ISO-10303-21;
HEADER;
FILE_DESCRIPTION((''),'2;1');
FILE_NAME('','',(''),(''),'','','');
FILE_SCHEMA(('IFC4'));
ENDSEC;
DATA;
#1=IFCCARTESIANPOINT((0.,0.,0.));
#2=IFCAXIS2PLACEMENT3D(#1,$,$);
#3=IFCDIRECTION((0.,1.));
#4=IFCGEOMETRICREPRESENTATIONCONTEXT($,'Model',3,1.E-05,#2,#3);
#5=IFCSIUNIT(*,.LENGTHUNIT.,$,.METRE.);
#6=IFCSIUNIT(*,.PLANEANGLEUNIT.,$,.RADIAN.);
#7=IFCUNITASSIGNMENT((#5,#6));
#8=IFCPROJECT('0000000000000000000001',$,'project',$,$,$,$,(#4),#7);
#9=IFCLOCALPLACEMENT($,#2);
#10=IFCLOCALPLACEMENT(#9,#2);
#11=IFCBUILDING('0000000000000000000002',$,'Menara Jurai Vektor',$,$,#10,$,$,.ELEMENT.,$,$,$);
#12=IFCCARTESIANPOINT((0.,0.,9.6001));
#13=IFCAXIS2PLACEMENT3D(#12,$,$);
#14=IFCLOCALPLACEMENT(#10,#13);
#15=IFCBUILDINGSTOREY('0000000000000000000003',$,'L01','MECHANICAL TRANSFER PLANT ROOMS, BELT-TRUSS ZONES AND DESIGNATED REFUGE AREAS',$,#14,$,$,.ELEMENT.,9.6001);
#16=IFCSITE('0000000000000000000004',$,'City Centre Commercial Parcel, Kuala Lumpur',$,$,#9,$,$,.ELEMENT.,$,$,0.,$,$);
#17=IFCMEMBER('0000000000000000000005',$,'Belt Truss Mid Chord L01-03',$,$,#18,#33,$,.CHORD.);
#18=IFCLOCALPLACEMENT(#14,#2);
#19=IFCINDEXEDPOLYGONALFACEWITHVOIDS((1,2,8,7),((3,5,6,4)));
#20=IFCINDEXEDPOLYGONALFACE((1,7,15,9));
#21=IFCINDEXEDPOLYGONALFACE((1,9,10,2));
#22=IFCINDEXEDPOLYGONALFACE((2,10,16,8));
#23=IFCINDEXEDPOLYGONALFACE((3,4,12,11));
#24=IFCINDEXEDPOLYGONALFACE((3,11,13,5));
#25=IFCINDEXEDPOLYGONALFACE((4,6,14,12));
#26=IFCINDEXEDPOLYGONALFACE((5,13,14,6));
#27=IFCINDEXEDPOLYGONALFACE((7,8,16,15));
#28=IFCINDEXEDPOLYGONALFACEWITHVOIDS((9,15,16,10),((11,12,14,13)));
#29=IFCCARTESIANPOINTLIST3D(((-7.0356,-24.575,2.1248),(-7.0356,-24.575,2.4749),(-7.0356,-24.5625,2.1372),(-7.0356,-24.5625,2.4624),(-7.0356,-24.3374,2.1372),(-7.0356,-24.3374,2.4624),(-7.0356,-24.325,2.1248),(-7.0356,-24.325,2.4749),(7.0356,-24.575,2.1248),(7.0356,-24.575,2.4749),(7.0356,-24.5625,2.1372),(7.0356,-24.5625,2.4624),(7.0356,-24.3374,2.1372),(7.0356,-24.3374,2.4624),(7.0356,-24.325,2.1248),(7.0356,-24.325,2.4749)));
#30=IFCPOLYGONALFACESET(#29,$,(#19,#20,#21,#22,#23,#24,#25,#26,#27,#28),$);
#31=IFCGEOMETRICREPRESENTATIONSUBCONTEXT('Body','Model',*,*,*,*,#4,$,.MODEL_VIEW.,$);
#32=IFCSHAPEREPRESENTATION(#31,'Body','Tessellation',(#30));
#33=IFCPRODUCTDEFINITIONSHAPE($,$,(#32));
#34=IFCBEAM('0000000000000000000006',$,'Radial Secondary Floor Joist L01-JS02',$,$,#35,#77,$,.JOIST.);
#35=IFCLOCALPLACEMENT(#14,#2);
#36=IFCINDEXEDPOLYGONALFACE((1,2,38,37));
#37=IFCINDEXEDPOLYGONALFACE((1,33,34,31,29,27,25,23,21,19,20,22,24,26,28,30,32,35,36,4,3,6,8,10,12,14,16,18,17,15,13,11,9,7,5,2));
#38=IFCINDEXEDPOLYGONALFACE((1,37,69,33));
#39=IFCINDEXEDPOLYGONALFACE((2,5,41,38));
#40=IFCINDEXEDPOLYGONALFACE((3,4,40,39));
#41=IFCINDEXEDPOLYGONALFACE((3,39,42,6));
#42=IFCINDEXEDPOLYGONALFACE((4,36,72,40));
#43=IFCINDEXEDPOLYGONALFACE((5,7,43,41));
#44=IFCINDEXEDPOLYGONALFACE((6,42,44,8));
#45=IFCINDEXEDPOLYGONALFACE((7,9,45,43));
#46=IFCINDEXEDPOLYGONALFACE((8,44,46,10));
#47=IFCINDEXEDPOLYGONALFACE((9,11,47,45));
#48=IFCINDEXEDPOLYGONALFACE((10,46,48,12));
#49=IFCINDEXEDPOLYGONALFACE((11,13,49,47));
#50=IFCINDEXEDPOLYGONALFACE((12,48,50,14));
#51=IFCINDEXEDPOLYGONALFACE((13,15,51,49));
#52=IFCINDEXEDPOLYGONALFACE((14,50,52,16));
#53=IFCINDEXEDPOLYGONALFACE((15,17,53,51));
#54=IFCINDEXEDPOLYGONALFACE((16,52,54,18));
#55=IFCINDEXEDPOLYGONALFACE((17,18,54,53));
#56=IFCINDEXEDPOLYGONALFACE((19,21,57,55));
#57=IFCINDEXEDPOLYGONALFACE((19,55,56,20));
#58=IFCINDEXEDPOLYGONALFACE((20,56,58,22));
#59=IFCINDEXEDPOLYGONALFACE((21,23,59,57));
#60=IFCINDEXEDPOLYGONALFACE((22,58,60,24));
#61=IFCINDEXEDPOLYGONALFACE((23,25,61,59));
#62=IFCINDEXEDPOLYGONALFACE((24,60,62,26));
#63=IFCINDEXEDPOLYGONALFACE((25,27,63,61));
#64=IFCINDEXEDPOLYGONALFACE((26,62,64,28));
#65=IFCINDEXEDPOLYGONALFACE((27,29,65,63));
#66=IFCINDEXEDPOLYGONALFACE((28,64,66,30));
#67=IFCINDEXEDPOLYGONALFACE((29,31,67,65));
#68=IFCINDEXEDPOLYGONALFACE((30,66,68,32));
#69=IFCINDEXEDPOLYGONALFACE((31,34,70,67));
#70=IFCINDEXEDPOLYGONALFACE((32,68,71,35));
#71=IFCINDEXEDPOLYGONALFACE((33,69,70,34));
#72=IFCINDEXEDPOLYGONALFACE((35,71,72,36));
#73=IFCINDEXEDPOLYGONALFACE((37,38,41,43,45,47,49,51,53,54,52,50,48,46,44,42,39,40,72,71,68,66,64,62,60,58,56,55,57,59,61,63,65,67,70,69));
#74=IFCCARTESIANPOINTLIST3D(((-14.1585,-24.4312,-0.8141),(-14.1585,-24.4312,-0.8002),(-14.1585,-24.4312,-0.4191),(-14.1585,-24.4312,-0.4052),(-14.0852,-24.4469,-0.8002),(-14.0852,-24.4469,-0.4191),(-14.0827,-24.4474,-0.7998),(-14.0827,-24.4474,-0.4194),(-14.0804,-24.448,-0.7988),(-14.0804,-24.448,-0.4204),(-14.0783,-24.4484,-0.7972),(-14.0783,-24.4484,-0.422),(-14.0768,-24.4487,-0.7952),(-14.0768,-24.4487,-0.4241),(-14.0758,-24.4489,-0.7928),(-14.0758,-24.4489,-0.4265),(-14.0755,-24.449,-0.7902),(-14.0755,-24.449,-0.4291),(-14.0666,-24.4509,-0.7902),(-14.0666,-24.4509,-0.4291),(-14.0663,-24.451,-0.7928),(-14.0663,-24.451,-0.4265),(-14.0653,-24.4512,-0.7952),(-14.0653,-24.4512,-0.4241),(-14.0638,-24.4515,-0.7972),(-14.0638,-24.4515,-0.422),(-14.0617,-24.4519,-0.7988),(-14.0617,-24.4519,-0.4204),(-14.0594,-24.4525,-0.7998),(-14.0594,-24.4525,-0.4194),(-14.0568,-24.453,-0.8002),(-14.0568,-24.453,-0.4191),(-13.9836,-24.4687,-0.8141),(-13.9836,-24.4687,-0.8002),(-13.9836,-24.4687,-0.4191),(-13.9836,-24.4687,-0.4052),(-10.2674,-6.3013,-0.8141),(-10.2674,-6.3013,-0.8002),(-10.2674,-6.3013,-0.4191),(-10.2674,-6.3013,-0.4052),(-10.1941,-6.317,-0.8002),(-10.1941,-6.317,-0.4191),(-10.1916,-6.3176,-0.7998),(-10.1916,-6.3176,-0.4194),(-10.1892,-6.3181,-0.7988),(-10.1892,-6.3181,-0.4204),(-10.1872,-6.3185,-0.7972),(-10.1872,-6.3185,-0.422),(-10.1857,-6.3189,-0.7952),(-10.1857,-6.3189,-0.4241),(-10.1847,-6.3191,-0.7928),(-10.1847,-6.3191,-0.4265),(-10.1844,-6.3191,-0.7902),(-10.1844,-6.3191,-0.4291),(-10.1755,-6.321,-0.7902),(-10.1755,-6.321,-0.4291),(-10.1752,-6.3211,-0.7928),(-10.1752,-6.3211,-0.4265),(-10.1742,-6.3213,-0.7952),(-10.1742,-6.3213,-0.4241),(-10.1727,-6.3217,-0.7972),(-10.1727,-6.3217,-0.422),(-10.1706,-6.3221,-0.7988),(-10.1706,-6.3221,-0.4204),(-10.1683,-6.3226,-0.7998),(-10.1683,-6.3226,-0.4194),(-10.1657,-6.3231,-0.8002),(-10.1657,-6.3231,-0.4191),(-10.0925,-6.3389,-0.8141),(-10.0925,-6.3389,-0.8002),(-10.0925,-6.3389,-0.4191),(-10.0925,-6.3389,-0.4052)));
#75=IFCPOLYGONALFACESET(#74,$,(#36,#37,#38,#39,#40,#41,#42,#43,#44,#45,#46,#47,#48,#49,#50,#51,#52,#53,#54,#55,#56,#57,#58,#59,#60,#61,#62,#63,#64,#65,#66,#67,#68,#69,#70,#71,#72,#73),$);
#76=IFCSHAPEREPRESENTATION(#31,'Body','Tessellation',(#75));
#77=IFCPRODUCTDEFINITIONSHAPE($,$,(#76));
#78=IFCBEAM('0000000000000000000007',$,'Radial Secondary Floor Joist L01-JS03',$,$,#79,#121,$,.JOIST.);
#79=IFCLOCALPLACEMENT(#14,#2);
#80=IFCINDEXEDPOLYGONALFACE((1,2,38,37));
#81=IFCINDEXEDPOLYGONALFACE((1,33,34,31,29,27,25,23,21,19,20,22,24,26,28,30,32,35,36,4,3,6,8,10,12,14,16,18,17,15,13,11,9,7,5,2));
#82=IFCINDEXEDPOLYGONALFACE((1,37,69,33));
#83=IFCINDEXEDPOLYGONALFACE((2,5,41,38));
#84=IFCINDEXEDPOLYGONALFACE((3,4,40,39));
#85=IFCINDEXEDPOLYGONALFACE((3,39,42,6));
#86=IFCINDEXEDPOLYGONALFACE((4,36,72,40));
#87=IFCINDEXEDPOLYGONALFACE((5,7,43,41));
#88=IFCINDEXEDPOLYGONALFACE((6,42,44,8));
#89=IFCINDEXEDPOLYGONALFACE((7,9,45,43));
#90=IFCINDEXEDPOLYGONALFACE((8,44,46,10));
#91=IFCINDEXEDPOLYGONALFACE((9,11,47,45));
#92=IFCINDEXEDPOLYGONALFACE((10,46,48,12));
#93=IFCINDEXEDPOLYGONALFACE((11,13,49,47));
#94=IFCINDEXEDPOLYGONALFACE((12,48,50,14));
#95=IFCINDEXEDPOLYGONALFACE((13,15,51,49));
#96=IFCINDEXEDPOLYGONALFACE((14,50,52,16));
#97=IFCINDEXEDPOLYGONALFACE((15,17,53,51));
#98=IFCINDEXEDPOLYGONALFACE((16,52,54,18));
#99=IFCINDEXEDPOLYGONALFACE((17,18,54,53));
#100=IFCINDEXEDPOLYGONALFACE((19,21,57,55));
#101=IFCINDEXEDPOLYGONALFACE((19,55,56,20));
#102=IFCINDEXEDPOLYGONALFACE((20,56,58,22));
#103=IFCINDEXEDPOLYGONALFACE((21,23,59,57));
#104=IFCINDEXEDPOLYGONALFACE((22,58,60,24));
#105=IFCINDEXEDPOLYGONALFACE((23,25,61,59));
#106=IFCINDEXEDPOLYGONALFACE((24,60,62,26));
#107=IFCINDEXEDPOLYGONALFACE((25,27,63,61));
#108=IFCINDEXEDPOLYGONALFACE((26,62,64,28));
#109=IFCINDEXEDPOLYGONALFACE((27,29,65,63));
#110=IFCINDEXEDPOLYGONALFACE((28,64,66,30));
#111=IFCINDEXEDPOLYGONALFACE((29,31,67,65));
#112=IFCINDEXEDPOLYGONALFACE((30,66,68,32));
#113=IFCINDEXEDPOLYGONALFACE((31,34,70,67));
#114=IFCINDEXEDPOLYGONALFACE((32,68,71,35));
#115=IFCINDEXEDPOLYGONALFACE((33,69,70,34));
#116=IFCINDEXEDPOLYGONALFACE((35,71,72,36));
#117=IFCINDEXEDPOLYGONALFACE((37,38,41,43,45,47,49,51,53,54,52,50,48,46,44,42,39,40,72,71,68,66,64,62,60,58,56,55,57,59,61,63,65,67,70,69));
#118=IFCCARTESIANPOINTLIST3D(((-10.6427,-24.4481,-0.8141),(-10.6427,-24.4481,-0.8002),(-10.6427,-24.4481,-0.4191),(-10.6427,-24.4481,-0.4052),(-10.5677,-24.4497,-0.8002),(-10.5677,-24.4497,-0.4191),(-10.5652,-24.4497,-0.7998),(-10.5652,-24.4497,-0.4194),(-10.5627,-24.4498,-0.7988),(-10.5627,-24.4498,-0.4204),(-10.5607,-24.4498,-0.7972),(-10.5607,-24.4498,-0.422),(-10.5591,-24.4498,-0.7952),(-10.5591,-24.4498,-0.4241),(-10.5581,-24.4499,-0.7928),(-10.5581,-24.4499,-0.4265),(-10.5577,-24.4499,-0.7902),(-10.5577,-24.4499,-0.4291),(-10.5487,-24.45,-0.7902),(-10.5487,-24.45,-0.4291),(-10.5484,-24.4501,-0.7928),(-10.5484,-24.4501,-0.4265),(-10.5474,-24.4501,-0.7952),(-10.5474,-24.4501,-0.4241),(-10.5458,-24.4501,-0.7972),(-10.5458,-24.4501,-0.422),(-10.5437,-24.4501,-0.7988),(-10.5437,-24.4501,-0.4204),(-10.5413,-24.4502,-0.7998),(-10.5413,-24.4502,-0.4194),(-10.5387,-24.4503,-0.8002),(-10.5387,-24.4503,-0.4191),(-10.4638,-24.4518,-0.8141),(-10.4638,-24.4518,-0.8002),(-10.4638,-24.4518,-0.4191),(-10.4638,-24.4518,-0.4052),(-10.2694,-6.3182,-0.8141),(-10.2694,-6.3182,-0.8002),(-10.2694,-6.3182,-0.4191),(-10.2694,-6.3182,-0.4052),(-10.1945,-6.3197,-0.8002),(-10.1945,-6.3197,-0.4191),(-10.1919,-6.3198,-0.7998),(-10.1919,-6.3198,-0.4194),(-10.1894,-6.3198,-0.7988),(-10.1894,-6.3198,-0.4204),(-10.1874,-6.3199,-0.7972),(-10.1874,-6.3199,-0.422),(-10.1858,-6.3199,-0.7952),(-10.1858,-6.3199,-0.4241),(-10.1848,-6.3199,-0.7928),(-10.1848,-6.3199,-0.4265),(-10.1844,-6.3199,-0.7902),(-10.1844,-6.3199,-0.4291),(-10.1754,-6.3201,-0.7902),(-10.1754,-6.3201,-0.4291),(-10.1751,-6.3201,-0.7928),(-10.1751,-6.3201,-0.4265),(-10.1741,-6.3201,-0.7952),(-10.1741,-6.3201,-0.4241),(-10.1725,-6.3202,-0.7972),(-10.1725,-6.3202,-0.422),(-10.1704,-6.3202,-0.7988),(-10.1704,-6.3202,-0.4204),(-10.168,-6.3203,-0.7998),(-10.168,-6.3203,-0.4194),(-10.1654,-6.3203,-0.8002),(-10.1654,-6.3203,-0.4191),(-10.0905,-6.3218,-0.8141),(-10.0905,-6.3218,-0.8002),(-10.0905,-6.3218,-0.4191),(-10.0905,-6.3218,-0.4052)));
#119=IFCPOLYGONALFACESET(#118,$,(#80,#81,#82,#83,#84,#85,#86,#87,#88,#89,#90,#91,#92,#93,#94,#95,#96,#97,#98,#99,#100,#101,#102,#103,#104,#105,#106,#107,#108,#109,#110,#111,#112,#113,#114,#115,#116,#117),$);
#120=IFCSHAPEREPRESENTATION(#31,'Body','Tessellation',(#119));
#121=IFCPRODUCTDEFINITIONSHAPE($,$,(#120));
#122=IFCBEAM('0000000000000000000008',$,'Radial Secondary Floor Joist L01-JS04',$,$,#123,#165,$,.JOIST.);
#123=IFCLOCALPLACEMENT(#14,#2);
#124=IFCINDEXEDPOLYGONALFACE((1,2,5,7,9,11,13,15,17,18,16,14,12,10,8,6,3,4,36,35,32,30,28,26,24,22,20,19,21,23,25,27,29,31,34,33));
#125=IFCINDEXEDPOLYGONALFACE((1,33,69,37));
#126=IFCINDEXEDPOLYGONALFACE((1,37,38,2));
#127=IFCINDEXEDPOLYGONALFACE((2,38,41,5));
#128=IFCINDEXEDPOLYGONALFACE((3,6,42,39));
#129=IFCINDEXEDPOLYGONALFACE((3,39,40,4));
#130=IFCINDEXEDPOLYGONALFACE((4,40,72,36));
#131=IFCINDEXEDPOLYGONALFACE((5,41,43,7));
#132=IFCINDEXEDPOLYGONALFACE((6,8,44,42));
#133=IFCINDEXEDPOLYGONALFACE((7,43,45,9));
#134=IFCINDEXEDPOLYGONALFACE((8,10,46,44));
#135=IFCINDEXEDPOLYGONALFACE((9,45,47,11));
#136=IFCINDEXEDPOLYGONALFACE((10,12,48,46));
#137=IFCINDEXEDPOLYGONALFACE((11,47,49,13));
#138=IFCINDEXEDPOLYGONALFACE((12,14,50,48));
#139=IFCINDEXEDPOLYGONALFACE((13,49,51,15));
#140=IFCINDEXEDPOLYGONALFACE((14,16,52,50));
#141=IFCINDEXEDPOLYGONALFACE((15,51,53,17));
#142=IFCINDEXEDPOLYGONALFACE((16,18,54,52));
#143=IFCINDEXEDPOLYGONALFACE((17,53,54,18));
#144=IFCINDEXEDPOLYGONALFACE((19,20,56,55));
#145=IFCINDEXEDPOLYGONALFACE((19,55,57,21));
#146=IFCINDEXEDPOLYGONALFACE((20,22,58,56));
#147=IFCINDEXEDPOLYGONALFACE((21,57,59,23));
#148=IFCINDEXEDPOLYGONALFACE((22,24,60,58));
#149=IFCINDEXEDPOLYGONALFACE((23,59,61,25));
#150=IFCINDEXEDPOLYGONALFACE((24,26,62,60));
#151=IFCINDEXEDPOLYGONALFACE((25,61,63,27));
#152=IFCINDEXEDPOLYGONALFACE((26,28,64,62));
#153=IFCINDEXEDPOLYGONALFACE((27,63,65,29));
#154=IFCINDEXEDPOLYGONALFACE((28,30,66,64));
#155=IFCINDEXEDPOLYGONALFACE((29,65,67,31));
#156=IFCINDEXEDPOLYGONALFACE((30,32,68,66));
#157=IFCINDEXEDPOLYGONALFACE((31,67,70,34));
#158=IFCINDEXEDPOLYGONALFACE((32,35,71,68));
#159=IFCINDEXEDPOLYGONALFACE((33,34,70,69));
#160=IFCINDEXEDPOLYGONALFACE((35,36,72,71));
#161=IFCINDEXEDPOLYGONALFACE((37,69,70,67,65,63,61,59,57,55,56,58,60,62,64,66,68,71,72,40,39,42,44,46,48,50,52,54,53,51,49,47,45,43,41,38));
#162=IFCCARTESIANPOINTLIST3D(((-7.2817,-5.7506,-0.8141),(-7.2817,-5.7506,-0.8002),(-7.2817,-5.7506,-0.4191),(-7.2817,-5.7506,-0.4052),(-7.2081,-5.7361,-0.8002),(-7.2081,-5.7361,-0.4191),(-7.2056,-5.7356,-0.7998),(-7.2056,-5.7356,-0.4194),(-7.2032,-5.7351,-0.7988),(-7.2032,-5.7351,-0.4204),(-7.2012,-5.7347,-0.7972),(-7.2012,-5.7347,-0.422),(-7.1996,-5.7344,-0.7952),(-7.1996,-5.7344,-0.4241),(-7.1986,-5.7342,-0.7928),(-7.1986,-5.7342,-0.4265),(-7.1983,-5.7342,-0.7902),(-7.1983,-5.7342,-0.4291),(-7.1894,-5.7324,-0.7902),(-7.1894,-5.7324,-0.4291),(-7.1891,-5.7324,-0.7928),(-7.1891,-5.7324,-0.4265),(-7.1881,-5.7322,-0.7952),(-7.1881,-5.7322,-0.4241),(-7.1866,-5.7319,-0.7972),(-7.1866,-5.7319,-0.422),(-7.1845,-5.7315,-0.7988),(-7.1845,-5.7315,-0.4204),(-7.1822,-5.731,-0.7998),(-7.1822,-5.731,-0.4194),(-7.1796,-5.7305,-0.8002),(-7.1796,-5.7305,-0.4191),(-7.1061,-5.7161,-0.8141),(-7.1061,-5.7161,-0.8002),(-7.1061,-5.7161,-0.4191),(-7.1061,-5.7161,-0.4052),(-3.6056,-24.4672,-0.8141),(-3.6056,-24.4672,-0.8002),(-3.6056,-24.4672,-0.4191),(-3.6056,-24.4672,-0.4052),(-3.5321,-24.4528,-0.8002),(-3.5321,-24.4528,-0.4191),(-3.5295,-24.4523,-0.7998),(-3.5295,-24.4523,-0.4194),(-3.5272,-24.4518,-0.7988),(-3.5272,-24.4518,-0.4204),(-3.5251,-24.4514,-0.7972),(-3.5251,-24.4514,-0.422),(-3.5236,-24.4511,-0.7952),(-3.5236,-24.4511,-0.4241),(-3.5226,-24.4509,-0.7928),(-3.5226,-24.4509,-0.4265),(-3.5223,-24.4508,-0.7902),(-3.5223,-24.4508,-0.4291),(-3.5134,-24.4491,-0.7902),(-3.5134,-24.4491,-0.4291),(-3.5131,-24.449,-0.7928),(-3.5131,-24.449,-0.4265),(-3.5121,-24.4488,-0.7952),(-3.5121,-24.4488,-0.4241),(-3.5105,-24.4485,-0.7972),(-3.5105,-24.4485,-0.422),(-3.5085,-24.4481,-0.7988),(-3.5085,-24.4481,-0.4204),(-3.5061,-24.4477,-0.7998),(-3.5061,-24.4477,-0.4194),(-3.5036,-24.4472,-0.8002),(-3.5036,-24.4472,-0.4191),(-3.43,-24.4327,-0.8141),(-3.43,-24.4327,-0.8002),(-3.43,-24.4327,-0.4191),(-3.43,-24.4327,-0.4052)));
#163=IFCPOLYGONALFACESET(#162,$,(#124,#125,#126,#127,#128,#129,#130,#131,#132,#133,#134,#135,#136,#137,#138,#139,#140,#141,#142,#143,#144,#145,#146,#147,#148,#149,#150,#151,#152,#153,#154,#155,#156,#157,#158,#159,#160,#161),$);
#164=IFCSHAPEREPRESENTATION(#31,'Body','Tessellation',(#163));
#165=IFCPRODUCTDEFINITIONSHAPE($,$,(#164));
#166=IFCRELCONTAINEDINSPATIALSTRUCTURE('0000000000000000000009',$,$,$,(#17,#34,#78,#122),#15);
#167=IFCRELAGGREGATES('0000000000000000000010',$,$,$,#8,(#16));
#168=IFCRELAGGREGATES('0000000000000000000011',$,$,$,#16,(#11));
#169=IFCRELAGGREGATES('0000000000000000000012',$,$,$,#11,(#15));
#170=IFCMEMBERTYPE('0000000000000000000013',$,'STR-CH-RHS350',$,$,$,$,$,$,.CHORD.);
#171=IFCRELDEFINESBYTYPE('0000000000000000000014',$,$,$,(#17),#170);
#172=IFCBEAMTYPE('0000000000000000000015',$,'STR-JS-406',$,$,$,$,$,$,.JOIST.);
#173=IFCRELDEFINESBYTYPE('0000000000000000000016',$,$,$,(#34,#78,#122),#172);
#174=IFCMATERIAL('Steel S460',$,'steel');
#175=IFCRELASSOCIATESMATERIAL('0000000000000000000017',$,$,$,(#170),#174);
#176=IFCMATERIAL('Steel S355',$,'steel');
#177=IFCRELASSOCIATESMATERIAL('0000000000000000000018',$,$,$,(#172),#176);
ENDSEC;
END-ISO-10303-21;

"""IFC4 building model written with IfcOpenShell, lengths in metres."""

from ifc_helpers import new_model, si_unit, direction, frame, origin, origin_2d, place, context, subcontext, project, spatial, hollow_rectangle, i_section, extrude, material, material_profile, profile_set, type_object, element, save


model = new_model("IFC4")

# Units and contexts
model_context = context("Model", 3, precision=1e-05, world=origin(), true_north=direction((0.0, 1.0)))
body_context = subcontext(model_context, "Body", "Model", "MODEL_VIEW")
ifc_project = project(units=[si_unit("LENGTHUNIT", "METRE"), si_unit("PLANEANGLEUNIT", "RADIAN")], contexts=[model_context])

# Site, building, storey
site_placement = place(None, origin())
site = spatial("IfcSite", under=ifc_project, at=site_placement, Name="City Centre Commercial Parcel, Kuala Lumpur", CompositionType="ELEMENT", RefElevation=0.0)
building_placement = place(site_placement, origin())
building = spatial("IfcBuilding", under=site, at=building_placement, Name="Menara Jurai Vektor", CompositionType="ELEMENT")
storey_placement = place(building_placement, frame((0.0, 0.0, 9.6001)))
storey = spatial("IfcBuildingStorey", under=building, at=storey_placement, Name="L01", Description="MECHANICAL TRANSFER PLANT ROOMS, BELT-TRUSS ZONES AND DESIGNATED REFUGE AREAS", CompositionType="ELEMENT", Elevation=9.6001)

# Shared definitions
ifc_material_1 = material(Name="Steel S460", Category="steel")

# Member
ifc_material_profile_1 = material_profile(ifc_material_1, hollow_rectangle(XDim=0.25, YDim=0.3501, WallThickness=0.0125, at=origin_2d()), Name="RHS 350x250x12.5")
ifc_profile_set_1 = profile_set([ifc_material_profile_1], Name="Steel S460")
member_type_1 = type_object("IfcMemberType", Name="STR-CH-RHS350", PredefinedType="CHORD", material=ifc_profile_set_1)
member_1_placement = place(storey_placement, frame((-7.0356, -24.45, 2.2998), z_axis=(1.0, 0.0, 0.0), x_axis=(0.0, 1.0, 0.0)))
element("IfcMember", 1, at=member_1_placement, inside=storey, type_object=member_type_1, Name="Belt Truss Mid Chord L01-03", PredefinedType="CHORD", context=body_context, shape_type="SweptSolid", body=[
    extrude(hollow_rectangle(XDim=0.25, YDim=0.3501, WallThickness=0.0125, at=origin_2d()), origin(), (0.0, 0.0, 1.0), 14.0713),
])

# Beams
ifc_material_2 = material(Name="Steel S355", Category="steel")
ifc_material_profile_2 = material_profile(ifc_material_2, i_section(OverallWidth=0.179, OverallDepth=0.4089, WebThickness=0.009, FlangeThickness=0.0139, FilletRadius=0.01, at=origin_2d()), Name="UKB 406x178x67")
ifc_profile_set_2 = profile_set([ifc_material_profile_2], Name="Steel S355")
beam_type_1 = type_object("IfcBeamType", Name="STR-JS-406", PredefinedType="JOIST", material=ifc_profile_set_2)
beam_1_placement = place(storey_placement, frame((-14.071, -24.45, -0.6096), z_axis=(0.209846, 0.977735, 0.0), x_axis=(-0.977735, 0.209846, 0.0)))
element("IfcBeam", 2, at=beam_1_placement, inside=storey, type_object=beam_type_1, Name="Radial Secondary Floor Joist L01-JS02", PredefinedType="JOIST", context=body_context, shape_type="SweptSolid", body=[
    extrude(i_section(OverallWidth=0.179, OverallDepth=0.4089, WebThickness=0.009, FlangeThickness=0.0139, FilletRadius=0.01, at=origin_2d()), origin(), (0.0, 0.0, 1.0), 18.5427),
])
beam_2_placement = place(storey_placement, frame((-10.5532, -24.45, -0.6096), z_axis=(0.020585, 0.999788, 0.0), x_axis=(-0.999788, 0.020585, 0.0)))
element("IfcBeam", 3, at=beam_2_placement, inside=storey, type_object=beam_type_1, Name="Radial Secondary Floor Joist L01-JS03", PredefinedType="JOIST", context=body_context, shape_type="SweptSolid", body=[
    extrude(i_section(OverallWidth=0.179, OverallDepth=0.4089, WebThickness=0.009, FlangeThickness=0.0139, FilletRadius=0.01, at=origin_2d()), origin(), (0.0, 0.0, 1.0), 18.1338),
])
beam_3_placement = place(storey_placement, frame((-3.5178, -24.45, -0.6096), z_axis=(-0.192723, 0.981253, 0.0), x_axis=(-0.981253, -0.192723, 0.0)))
element("IfcBeam", 4, at=beam_3_placement, inside=storey, type_object=beam_type_1, Name="Radial Secondary Floor Joist L01-JS04", PredefinedType="JOIST", context=body_context, shape_type="SweptSolid", body=[
    extrude(i_section(OverallWidth=0.179, OverallDepth=0.4089, WebThickness=0.009, FlangeThickness=0.0139, FilletRadius=0.01, at=origin_2d()), origin(), (0.0, 0.0, 1.0), 19.0742),
])

save(model, "model.ifc")
